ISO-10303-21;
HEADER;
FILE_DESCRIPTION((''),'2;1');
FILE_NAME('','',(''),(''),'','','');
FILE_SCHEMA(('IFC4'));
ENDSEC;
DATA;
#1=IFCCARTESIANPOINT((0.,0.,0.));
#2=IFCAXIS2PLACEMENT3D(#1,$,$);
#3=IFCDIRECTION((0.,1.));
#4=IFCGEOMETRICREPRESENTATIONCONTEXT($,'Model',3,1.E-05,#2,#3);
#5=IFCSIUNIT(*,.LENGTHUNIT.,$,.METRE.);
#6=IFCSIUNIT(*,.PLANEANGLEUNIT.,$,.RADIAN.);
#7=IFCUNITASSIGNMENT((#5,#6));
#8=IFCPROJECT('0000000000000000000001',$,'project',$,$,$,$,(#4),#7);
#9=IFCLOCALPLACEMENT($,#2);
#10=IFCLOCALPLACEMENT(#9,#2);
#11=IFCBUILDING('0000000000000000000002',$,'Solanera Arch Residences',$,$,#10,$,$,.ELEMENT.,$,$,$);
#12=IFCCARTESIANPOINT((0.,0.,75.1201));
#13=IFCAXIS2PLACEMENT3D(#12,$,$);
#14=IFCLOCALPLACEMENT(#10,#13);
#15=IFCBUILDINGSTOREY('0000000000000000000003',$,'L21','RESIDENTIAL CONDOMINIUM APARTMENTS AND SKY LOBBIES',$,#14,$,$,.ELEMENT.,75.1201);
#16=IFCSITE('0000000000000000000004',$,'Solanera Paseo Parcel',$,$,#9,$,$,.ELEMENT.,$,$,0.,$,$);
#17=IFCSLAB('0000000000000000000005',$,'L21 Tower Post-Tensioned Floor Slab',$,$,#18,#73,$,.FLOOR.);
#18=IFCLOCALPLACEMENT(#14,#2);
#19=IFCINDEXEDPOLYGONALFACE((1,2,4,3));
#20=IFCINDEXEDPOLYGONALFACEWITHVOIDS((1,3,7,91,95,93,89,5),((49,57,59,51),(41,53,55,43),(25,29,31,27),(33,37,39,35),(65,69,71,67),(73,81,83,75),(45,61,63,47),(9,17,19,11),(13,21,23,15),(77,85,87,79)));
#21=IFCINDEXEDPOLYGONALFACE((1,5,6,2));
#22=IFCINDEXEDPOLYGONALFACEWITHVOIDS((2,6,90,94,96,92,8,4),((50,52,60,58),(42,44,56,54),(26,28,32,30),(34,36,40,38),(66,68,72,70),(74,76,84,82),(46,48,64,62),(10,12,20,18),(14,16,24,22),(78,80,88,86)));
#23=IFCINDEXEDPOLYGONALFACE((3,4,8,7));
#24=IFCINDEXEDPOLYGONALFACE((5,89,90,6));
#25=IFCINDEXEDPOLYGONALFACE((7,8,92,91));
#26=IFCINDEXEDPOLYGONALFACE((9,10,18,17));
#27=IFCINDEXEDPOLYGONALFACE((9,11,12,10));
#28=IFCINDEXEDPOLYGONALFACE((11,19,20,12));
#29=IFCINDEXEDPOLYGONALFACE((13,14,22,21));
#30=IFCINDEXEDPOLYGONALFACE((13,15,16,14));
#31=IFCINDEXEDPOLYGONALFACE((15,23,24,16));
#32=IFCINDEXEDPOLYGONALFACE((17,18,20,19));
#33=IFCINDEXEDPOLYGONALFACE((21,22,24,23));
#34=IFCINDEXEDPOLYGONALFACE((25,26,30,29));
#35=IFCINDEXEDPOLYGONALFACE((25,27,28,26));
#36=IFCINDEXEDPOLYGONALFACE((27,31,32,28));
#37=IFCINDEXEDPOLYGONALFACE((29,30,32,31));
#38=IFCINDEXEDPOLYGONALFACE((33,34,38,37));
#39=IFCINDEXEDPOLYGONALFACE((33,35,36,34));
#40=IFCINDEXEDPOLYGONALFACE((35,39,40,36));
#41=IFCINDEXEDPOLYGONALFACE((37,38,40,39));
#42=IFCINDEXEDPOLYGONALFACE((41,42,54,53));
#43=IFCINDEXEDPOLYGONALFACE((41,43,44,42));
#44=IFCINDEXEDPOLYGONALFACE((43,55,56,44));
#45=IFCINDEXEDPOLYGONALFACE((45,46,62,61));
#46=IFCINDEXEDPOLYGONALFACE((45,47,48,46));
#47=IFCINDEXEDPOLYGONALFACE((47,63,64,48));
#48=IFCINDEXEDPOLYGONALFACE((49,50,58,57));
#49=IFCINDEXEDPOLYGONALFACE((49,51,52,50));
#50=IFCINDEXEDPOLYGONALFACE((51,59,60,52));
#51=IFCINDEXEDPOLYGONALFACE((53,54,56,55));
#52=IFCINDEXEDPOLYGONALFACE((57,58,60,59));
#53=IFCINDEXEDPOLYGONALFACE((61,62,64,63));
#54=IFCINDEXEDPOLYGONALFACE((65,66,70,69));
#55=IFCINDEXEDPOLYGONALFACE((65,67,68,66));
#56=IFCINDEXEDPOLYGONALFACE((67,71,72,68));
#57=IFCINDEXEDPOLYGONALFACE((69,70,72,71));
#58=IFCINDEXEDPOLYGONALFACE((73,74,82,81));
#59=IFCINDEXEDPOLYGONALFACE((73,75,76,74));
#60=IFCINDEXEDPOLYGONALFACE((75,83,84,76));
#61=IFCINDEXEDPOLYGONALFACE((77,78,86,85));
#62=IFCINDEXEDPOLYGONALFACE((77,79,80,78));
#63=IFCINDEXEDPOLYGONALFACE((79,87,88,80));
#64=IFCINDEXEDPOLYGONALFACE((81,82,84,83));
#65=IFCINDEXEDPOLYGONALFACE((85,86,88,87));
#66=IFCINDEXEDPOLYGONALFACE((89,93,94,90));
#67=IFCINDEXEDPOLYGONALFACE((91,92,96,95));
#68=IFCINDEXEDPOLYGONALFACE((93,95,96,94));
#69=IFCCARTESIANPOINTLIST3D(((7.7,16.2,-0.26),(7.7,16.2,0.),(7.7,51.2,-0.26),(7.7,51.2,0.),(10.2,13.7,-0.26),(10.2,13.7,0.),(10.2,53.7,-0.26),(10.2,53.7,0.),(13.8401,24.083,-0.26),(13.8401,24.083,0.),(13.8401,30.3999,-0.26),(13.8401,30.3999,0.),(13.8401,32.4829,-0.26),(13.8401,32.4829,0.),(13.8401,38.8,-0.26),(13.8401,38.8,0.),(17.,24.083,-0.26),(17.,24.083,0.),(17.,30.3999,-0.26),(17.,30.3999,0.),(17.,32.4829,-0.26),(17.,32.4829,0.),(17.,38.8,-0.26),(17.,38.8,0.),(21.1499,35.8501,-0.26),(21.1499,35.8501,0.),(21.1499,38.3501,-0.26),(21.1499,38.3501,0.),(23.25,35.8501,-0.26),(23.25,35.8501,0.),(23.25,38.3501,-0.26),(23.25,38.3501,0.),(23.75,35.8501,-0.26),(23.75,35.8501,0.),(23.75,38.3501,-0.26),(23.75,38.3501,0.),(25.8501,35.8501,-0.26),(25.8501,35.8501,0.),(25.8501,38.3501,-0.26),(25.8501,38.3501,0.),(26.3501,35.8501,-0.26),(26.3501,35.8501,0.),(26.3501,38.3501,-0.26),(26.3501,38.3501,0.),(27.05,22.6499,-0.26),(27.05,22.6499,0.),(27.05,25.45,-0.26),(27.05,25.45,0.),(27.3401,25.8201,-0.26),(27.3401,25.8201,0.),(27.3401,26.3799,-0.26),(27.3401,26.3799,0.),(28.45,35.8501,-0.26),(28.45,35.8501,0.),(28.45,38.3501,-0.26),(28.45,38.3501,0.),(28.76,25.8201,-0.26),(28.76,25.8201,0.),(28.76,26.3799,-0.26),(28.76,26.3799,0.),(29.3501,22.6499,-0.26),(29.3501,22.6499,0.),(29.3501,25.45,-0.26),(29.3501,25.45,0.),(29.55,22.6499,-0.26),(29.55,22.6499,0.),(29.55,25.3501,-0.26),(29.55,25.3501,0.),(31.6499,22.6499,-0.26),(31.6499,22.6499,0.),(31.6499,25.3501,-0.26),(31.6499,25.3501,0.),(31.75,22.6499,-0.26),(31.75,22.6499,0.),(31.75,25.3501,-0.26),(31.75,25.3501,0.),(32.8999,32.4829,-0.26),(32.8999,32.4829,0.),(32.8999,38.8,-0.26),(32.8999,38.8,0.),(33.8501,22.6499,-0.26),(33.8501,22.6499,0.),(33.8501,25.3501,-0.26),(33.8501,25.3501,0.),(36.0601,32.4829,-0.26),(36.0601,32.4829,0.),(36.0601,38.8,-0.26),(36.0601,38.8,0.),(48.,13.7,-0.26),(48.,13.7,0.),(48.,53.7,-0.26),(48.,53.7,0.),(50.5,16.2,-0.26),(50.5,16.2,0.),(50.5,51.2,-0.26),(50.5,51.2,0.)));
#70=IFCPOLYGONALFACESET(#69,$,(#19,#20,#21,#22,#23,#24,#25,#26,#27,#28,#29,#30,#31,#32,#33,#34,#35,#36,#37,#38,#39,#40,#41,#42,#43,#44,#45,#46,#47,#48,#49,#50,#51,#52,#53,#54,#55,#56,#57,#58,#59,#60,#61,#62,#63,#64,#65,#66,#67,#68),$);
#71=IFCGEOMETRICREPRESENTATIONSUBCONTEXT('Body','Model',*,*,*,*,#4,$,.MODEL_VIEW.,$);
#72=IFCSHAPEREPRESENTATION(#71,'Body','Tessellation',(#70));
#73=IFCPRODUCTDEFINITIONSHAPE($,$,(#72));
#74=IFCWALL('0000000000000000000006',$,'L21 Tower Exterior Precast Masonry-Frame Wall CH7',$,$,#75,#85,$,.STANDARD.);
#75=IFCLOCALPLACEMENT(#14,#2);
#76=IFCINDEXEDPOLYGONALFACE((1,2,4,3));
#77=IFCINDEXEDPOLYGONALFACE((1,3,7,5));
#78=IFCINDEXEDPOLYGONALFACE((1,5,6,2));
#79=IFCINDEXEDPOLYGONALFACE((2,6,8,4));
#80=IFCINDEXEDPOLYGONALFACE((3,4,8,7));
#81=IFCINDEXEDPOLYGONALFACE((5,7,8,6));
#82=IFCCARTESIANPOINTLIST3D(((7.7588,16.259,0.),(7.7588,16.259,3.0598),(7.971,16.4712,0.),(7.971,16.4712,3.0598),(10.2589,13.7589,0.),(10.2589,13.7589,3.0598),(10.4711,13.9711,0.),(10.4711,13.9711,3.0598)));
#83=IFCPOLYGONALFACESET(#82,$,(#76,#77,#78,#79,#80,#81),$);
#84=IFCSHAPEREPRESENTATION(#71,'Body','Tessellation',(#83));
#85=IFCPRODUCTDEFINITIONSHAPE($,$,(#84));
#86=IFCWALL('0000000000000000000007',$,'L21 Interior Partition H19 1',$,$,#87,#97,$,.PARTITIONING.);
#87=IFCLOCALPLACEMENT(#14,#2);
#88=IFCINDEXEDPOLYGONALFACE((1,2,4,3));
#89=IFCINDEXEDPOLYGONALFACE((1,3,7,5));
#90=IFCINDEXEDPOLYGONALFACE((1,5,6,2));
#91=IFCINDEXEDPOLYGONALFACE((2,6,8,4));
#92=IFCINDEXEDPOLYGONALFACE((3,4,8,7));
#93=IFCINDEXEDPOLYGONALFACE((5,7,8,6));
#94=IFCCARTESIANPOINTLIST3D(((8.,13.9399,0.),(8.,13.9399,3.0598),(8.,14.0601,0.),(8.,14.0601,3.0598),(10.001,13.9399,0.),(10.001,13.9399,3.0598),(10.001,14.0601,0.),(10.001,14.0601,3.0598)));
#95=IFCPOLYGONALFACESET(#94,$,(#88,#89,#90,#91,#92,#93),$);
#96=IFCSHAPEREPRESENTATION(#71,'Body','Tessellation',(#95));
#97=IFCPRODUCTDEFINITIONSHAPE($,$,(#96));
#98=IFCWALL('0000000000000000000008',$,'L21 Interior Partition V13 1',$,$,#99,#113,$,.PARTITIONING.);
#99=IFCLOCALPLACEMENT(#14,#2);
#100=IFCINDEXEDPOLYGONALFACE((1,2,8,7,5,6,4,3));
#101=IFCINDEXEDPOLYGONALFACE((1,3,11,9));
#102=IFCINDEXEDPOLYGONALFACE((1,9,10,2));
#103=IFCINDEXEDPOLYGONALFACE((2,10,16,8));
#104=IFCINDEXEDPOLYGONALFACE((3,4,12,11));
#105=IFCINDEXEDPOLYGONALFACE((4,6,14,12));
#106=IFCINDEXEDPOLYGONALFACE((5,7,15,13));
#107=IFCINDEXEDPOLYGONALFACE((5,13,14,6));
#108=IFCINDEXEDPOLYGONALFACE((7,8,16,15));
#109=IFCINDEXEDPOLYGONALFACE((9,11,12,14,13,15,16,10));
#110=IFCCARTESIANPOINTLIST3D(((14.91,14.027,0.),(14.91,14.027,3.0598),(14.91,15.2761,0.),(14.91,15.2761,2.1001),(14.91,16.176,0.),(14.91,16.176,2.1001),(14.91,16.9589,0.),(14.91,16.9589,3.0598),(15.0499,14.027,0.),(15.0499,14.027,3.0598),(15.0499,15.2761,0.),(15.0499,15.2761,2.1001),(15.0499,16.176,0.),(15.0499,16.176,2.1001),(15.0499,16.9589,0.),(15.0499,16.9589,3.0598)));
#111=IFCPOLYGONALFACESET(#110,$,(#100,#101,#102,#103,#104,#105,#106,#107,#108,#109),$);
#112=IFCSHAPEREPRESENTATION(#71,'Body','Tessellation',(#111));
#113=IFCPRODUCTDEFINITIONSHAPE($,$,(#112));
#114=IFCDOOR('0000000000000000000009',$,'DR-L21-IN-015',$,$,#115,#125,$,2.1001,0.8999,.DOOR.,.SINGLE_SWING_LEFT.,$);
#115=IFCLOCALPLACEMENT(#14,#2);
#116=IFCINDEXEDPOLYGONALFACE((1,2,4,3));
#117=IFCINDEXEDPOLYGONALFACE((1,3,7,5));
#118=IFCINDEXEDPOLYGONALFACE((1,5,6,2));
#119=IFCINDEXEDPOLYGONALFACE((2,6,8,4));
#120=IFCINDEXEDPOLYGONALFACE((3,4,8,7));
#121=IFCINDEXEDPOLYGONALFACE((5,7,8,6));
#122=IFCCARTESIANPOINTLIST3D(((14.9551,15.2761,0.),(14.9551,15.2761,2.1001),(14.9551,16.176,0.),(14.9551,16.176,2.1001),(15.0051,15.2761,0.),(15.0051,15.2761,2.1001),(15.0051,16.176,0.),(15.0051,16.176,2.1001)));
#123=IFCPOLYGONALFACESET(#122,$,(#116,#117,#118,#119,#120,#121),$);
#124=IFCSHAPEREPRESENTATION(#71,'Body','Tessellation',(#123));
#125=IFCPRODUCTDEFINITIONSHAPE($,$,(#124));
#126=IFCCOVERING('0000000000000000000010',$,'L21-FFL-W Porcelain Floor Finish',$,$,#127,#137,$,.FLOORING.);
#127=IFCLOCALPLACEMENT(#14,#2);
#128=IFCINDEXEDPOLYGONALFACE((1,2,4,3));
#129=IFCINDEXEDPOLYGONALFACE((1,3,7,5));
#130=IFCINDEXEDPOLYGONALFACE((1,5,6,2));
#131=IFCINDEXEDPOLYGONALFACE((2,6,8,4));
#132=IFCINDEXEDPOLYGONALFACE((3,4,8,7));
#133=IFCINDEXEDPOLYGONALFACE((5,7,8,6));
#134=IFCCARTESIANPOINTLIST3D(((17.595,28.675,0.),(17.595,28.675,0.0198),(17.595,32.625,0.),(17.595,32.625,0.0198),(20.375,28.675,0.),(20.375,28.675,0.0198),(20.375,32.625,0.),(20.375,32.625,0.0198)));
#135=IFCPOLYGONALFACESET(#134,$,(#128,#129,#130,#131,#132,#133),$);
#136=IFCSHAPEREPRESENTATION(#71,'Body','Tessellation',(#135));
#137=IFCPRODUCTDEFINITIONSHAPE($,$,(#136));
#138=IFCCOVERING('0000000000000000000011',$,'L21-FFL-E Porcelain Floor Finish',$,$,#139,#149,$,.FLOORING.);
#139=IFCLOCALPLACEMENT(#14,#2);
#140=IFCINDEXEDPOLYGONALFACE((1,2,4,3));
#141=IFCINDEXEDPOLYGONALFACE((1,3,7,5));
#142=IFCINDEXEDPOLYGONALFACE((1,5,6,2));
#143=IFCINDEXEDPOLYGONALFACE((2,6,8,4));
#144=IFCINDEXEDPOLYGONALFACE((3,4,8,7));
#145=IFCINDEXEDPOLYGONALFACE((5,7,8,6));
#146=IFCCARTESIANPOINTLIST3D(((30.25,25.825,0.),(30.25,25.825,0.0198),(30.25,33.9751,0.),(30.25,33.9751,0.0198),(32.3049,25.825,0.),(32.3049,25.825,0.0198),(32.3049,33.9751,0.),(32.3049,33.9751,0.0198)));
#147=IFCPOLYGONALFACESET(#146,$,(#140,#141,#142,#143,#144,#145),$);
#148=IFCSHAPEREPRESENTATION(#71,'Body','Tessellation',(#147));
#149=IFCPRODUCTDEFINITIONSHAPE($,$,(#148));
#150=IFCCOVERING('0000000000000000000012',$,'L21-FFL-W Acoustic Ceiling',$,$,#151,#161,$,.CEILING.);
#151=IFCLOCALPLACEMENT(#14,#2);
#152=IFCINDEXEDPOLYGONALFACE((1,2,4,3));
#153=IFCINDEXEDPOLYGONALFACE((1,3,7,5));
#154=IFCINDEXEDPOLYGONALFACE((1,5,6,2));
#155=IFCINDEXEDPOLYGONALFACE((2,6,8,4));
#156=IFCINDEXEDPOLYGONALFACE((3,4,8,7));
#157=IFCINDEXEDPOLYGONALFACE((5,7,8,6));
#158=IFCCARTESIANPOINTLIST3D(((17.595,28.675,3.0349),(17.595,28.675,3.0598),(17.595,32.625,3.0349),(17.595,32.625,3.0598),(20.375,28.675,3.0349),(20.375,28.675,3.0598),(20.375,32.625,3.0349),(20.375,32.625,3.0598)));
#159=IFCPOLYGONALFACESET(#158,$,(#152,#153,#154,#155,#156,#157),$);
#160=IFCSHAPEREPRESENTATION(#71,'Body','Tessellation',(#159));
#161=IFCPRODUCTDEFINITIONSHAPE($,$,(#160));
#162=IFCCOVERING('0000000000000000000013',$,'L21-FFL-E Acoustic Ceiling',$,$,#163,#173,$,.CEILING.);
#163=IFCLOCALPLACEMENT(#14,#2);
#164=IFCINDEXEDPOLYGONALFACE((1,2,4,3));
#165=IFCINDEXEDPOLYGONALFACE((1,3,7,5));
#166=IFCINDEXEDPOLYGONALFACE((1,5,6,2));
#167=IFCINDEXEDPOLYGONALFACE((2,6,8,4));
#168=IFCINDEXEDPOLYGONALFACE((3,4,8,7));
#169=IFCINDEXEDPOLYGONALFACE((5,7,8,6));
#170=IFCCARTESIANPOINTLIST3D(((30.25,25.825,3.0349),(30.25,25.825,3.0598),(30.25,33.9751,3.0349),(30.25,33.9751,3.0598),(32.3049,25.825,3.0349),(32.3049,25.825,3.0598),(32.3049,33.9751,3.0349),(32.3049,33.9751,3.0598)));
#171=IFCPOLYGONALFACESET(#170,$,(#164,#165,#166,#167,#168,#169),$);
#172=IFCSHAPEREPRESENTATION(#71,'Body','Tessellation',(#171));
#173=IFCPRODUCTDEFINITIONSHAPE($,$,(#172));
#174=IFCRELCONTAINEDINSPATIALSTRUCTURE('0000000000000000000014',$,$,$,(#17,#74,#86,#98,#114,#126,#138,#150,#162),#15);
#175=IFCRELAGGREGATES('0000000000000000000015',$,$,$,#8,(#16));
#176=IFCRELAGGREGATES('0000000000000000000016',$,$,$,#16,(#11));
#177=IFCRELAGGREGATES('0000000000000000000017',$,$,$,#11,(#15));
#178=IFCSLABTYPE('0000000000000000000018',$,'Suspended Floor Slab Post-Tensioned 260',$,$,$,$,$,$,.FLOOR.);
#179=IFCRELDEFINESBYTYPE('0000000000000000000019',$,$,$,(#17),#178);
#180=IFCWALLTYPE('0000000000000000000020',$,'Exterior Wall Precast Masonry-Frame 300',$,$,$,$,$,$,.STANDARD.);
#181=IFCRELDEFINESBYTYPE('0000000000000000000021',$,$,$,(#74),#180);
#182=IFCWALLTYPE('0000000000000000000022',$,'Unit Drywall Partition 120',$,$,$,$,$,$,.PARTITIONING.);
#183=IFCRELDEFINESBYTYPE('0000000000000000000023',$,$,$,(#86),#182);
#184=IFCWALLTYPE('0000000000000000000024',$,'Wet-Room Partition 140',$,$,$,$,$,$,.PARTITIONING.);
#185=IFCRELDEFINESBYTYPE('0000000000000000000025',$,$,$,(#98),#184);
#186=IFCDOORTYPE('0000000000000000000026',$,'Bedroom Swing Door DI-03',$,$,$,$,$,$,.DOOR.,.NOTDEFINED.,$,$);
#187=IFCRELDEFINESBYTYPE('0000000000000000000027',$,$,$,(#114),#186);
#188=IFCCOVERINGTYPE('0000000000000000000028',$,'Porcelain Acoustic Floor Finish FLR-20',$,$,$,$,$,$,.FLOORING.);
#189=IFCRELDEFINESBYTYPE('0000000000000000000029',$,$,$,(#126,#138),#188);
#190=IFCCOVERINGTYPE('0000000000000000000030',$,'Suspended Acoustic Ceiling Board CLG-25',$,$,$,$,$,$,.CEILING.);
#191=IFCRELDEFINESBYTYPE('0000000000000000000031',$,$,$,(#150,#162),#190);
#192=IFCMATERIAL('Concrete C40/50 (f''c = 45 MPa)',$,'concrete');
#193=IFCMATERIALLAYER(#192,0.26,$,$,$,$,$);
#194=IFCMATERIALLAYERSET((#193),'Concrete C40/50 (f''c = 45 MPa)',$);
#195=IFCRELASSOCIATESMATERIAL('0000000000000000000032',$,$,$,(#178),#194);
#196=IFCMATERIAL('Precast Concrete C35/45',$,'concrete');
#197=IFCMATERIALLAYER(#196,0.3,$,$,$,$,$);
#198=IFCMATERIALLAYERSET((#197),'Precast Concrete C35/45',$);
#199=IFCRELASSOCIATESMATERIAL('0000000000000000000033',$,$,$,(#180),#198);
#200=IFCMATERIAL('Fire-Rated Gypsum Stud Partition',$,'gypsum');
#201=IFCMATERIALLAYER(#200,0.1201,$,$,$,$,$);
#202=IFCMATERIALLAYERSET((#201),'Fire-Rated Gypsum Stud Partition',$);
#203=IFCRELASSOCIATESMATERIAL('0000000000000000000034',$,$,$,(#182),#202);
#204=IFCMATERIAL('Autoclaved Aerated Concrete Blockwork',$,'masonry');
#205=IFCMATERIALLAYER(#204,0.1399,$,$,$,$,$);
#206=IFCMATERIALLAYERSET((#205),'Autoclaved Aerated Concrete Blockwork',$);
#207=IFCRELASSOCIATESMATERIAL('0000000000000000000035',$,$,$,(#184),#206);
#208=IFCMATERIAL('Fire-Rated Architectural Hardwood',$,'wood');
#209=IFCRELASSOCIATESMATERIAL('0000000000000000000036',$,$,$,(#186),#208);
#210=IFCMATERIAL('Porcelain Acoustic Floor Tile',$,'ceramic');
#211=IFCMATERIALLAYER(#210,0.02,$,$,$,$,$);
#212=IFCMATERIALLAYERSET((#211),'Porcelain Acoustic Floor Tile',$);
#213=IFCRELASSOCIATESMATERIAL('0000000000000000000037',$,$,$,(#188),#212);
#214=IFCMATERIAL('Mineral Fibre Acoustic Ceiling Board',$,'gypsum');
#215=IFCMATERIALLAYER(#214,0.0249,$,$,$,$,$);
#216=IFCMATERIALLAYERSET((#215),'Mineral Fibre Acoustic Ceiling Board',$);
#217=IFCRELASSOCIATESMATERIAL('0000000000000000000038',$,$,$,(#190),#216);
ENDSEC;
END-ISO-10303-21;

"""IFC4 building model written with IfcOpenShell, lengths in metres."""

from ifc_helpers import new_model, si_unit, direction, frame, frame_2d, origin, place, context, subcontext, project, spatial, polyline, rectangle, outline, extrude, material, layer, layer_set, type_object, element, fill, save


model = new_model("IFC4")

# Units and contexts
model_context = context("Model", 3, precision=1e-05, world=origin(), true_north=direction((0.0, 1.0)))
body_context = subcontext(model_context, "Body", "Model", "MODEL_VIEW")
ifc_project = project(units=[si_unit("LENGTHUNIT", "METRE"), si_unit("PLANEANGLEUNIT", "RADIAN")], contexts=[model_context])

# Site, building, storey
site_placement = place(None, origin())
site = spatial("IfcSite", under=ifc_project, at=site_placement, Name="Solanera Paseo Parcel", CompositionType="ELEMENT", RefElevation=0.0)
building_placement = place(site_placement, origin())
building = spatial("IfcBuilding", under=site, at=building_placement, Name="Solanera Arch Residences", CompositionType="ELEMENT")
storey_placement = place(building_placement, frame((0.0, 0.0, 75.1201)))
storey = spatial("IfcBuildingStorey", under=building, at=storey_placement, Name="L21", Description="RESIDENTIAL CONDOMINIUM APARTMENTS AND SKY LOBBIES", CompositionType="ELEMENT", Elevation=75.1201)

# Slab
ifc_material_1 = material(Name="Concrete C40/50 (f'c = 45 MPa)", Category="concrete")
ifc_layer_1 = layer(ifc_material_1, 0.26)
ifc_layer_set_1 = layer_set([ifc_layer_1], Name="Concrete C40/50 (f'c = 45 MPa)")
slab_type_1 = type_object("IfcSlabType", Name="Suspended Floor Slab Post-Tensioned 260", PredefinedType="FLOOR", material=ifc_layer_set_1)
slab_1_placement = place(storey_placement, frame((0.0, 0.0, -0.26)))
element("IfcSlab", 1, at=slab_1_placement, inside=storey, type_object=slab_type_1, Name="L21 Tower Post-Tensioned Floor Slab", PredefinedType="FLOOR", context=body_context, shape_type="SweptSolid", body=[
    extrude(outline(polyline([(10.2, 13.7), (48.0, 13.7), (50.5, 16.2), (50.5, 51.2), (48.0, 53.7), (10.2, 53.7), (7.7, 51.2), (7.7, 16.2), (10.2, 13.7)]), holes=[polyline([(13.8401, 32.4829), (13.8401, 38.8), (17.0, 38.8), (17.0, 32.4829), (13.8401, 32.4829)]), polyline([(32.8999, 32.4829), (32.8999, 38.8), (36.0601, 38.8), (36.0601, 32.4829), (32.8999, 32.4829)]), polyline([(13.8401, 24.083), (13.8401, 30.3999), (17.0, 30.3999), (17.0, 24.083), (13.8401, 24.083)]), polyline([(21.1499, 38.3501), (23.25, 38.3501), (23.25, 35.8501), (21.1499, 35.8501), (21.1499, 38.3501)]), polyline([(23.75, 38.3501), (25.8501, 38.3501), (25.8501, 35.8501), (23.75, 35.8501), (23.75, 38.3501)]), polyline([(26.3501, 38.3501), (28.45, 38.3501), (28.45, 35.8501), (26.3501, 35.8501), (26.3501, 38.3501)]), polyline([(29.55, 25.3501), (31.6499, 25.3501), (31.6499, 22.6499), (29.55, 22.6499), (29.55, 25.3501)]), polyline([(31.75, 25.3501), (33.8501, 25.3501), (33.8501, 22.6499), (31.75, 22.6499), (31.75, 25.3501)]), polyline([(27.05, 25.45), (29.3501, 25.45), (29.3501, 22.6499), (27.05, 22.6499), (27.05, 25.45)]), polyline([(27.3401, 26.3799), (28.76, 26.3799), (28.76, 25.8201), (27.3401, 25.8201), (27.3401, 26.3799)])]), origin(), (0.0, 0.0, 1.0), 0.26),
])

# Walls
ifc_material_2 = material(Name="Precast Concrete C35/45", Category="concrete")
ifc_layer_2 = layer(ifc_material_2, 0.3)
ifc_layer_set_2 = layer_set([ifc_layer_2], Name="Precast Concrete C35/45")
wall_type_1 = type_object("IfcWallType", Name="Exterior Wall Precast Masonry-Frame 300", PredefinedType="STANDARD", material=ifc_layer_set_2)
wall_1_placement = place(storey_placement, frame((10.365, 13.865, 0.0), z_axis=(0.0, 0.0, 1.0), x_axis=(-0.707107, 0.707107, 0.0)))
element("IfcWall", 2, at=wall_1_placement, inside=storey, type_object=wall_type_1, Name="L21 Tower Exterior Precast Masonry-Frame Wall CH7", PredefinedType="STANDARD", context=body_context, shape_type="SweptSolid", body=[
    extrude(rectangle(XDim=3.5356, YDim=0.3, at=frame_2d((1.7678, 0.0))), origin(), (0.0, 0.0, 1.0), 3.0598),
])
ifc_material_3 = material(Name="Fire-Rated Gypsum Stud Partition", Category="gypsum")
ifc_layer_3 = layer(ifc_material_3, 0.1201)
ifc_layer_set_3 = layer_set([ifc_layer_3], Name="Fire-Rated Gypsum Stud Partition")
wall_type_2 = type_object("IfcWallType", Name="Unit Drywall Partition 120", PredefinedType="PARTITIONING", material=ifc_layer_set_3)
wall_2_placement = place(storey_placement, frame((8.0, 14.0, 0.0), z_axis=(0.0, 0.0, 1.0), x_axis=(1.0, 0.0, 0.0)))
element("IfcWall", 3, at=wall_2_placement, inside=storey, type_object=wall_type_2, Name="L21 Interior Partition H19 1", PredefinedType="PARTITIONING", context=body_context, shape_type="SweptSolid", body=[
    extrude(rectangle(XDim=2.001, YDim=0.1201, at=frame_2d((1.0005, 0.0))), origin(), (0.0, 0.0, 1.0), 3.0598),
])

# Wall, opening, door
ifc_material_4 = material(Name="Autoclaved Aerated Concrete Blockwork", Category="masonry")
ifc_layer_4 = layer(ifc_material_4, 0.1399)
ifc_layer_set_4 = layer_set([ifc_layer_4], Name="Autoclaved Aerated Concrete Blockwork")
wall_type_3 = type_object("IfcWallType", Name="Wet-Room Partition 140", PredefinedType="PARTITIONING", material=ifc_layer_set_4)
wall_3_placement = place(storey_placement, frame((14.98, 14.0271, 0.0), z_axis=(0.0, 0.0, 1.0), x_axis=(0.0, 1.0, 0.0)))
wall_3 = element("IfcWall", 4, at=wall_3_placement, inside=storey, type_object=wall_type_3, Name="L21 Interior Partition V13 1", PredefinedType="PARTITIONING", context=body_context, shape_type="SweptSolid", body=[
    extrude(rectangle(XDim=2.9319, YDim=0.1399, at=frame_2d((1.4658, 0.0))), origin(), (0.0, 0.0, 1.0), 3.0598),
])
opening_placement = place(wall_3_placement, frame((1.249, 0.0, 0.0)))
opening = element("IfcOpeningElement", 5, at=opening_placement, cuts=wall_3, PredefinedType="OPENING", context=body_context, shape_type="SweptSolid", body=[
    extrude(rectangle(XDim=0.8999, YDim=2.1001, at=frame_2d((0.45, 1.05))), frame((0.0, 0.0798, 0.0), z_axis=(0.0, -1.0, 0.0), x_axis=(1.0, 0.0, 0.0)), (0.0, 0.0, 1.0), 0.1599),
])
ifc_material_5 = material(Name="Fire-Rated Architectural Hardwood", Category="wood")
door_type = type_object("IfcDoorType", Name="Bedroom Swing Door DI-03", OperationType="NOTDEFINED", PredefinedType="DOOR", material=ifc_material_5)
door_placement = place(opening_placement, origin())
door = element("IfcDoor", 6, at=door_placement, inside=storey, type_object=door_type, Name="DR-L21-IN-015", OperationType="SINGLE_SWING_LEFT", OverallHeight=2.1001, OverallWidth=0.8999, PredefinedType="DOOR", context=body_context, shape_type="SweptSolid", body=[
    extrude(rectangle(XDim=0.8999, YDim=2.1001, at=frame_2d((0.45, 1.05))), frame((0.0, 0.0249, 0.0), z_axis=(0.0, -1.0, 0.0), x_axis=(1.0, 0.0, 0.0)), (0.0, 0.0, 1.0), 0.05),
])
fill(opening, door)

# Coverings
ifc_material_6 = material(Name="Porcelain Acoustic Floor Tile", Category="ceramic")
ifc_layer_5 = layer(ifc_material_6, 0.02)
ifc_layer_set_5 = layer_set([ifc_layer_5], Name="Porcelain Acoustic Floor Tile")
covering_type_1 = type_object("IfcCoveringType", Name="Porcelain Acoustic Floor Finish FLR-20", PredefinedType="FLOORING", material=ifc_layer_set_5)
covering_1_placement = place(storey_placement, origin())
element("IfcCovering", 7, at=covering_1_placement, inside=storey, type_object=covering_type_1, Name="L21-FFL-W Porcelain Floor Finish", PredefinedType="FLOORING", context=body_context, shape_type="SweptSolid", body=[
    extrude(outline(polyline([(20.375, 28.675), (17.595, 28.675), (17.595, 32.625), (20.375, 32.625), (20.375, 28.675)])), origin(), (0.0, 0.0, 1.0), 0.0198),
])
covering_2_placement = place(storey_placement, origin())
element("IfcCovering", 8, at=covering_2_placement, inside=storey, type_object=covering_type_1, Name="L21-FFL-E Porcelain Floor Finish", PredefinedType="FLOORING", context=body_context, shape_type="SweptSolid", body=[
    extrude(outline(polyline([(32.3049, 25.825), (30.25, 25.825), (30.25, 33.9751), (32.3049, 33.9751), (32.3049, 25.825)])), origin(), (0.0, 0.0, 1.0), 0.0198),
])
ifc_material_7 = material(Name="Mineral Fibre Acoustic Ceiling Board", Category="gypsum")
ifc_layer_6 = layer(ifc_material_7, 0.0249)
ifc_layer_set_6 = layer_set([ifc_layer_6], Name="Mineral Fibre Acoustic Ceiling Board")
covering_type_2 = type_object("IfcCoveringType", Name="Suspended Acoustic Ceiling Board CLG-25", PredefinedType="CEILING", material=ifc_layer_set_6)
covering_3_placement = place(storey_placement, frame((0.0, 0.0, 3.0349)))
element("IfcCovering", 9, at=covering_3_placement, inside=storey, type_object=covering_type_2, Name="L21-FFL-W Acoustic Ceiling", PredefinedType="CEILING", context=body_context, shape_type="SweptSolid", body=[
    extrude(outline(polyline([(20.375, 28.675), (17.595, 28.675), (17.595, 32.625), (20.375, 32.625), (20.375, 28.675)])), origin(), (0.0, 0.0, 1.0), 0.0249),
])
covering_4_placement = place(storey_placement, frame((0.0, 0.0, 3.0349)))
element("IfcCovering", 10, at=covering_4_placement, inside=storey, type_object=covering_type_2, Name="L21-FFL-E Acoustic Ceiling", PredefinedType="CEILING", context=body_context, shape_type="SweptSolid", body=[
    extrude(outline(polyline([(32.3049, 25.825), (30.25, 25.825), (30.25, 33.9751), (32.3049, 33.9751), (32.3049, 25.825)])), origin(), (0.0, 0.0, 1.0), 0.0249),
])

save(model, "model.ifc")
